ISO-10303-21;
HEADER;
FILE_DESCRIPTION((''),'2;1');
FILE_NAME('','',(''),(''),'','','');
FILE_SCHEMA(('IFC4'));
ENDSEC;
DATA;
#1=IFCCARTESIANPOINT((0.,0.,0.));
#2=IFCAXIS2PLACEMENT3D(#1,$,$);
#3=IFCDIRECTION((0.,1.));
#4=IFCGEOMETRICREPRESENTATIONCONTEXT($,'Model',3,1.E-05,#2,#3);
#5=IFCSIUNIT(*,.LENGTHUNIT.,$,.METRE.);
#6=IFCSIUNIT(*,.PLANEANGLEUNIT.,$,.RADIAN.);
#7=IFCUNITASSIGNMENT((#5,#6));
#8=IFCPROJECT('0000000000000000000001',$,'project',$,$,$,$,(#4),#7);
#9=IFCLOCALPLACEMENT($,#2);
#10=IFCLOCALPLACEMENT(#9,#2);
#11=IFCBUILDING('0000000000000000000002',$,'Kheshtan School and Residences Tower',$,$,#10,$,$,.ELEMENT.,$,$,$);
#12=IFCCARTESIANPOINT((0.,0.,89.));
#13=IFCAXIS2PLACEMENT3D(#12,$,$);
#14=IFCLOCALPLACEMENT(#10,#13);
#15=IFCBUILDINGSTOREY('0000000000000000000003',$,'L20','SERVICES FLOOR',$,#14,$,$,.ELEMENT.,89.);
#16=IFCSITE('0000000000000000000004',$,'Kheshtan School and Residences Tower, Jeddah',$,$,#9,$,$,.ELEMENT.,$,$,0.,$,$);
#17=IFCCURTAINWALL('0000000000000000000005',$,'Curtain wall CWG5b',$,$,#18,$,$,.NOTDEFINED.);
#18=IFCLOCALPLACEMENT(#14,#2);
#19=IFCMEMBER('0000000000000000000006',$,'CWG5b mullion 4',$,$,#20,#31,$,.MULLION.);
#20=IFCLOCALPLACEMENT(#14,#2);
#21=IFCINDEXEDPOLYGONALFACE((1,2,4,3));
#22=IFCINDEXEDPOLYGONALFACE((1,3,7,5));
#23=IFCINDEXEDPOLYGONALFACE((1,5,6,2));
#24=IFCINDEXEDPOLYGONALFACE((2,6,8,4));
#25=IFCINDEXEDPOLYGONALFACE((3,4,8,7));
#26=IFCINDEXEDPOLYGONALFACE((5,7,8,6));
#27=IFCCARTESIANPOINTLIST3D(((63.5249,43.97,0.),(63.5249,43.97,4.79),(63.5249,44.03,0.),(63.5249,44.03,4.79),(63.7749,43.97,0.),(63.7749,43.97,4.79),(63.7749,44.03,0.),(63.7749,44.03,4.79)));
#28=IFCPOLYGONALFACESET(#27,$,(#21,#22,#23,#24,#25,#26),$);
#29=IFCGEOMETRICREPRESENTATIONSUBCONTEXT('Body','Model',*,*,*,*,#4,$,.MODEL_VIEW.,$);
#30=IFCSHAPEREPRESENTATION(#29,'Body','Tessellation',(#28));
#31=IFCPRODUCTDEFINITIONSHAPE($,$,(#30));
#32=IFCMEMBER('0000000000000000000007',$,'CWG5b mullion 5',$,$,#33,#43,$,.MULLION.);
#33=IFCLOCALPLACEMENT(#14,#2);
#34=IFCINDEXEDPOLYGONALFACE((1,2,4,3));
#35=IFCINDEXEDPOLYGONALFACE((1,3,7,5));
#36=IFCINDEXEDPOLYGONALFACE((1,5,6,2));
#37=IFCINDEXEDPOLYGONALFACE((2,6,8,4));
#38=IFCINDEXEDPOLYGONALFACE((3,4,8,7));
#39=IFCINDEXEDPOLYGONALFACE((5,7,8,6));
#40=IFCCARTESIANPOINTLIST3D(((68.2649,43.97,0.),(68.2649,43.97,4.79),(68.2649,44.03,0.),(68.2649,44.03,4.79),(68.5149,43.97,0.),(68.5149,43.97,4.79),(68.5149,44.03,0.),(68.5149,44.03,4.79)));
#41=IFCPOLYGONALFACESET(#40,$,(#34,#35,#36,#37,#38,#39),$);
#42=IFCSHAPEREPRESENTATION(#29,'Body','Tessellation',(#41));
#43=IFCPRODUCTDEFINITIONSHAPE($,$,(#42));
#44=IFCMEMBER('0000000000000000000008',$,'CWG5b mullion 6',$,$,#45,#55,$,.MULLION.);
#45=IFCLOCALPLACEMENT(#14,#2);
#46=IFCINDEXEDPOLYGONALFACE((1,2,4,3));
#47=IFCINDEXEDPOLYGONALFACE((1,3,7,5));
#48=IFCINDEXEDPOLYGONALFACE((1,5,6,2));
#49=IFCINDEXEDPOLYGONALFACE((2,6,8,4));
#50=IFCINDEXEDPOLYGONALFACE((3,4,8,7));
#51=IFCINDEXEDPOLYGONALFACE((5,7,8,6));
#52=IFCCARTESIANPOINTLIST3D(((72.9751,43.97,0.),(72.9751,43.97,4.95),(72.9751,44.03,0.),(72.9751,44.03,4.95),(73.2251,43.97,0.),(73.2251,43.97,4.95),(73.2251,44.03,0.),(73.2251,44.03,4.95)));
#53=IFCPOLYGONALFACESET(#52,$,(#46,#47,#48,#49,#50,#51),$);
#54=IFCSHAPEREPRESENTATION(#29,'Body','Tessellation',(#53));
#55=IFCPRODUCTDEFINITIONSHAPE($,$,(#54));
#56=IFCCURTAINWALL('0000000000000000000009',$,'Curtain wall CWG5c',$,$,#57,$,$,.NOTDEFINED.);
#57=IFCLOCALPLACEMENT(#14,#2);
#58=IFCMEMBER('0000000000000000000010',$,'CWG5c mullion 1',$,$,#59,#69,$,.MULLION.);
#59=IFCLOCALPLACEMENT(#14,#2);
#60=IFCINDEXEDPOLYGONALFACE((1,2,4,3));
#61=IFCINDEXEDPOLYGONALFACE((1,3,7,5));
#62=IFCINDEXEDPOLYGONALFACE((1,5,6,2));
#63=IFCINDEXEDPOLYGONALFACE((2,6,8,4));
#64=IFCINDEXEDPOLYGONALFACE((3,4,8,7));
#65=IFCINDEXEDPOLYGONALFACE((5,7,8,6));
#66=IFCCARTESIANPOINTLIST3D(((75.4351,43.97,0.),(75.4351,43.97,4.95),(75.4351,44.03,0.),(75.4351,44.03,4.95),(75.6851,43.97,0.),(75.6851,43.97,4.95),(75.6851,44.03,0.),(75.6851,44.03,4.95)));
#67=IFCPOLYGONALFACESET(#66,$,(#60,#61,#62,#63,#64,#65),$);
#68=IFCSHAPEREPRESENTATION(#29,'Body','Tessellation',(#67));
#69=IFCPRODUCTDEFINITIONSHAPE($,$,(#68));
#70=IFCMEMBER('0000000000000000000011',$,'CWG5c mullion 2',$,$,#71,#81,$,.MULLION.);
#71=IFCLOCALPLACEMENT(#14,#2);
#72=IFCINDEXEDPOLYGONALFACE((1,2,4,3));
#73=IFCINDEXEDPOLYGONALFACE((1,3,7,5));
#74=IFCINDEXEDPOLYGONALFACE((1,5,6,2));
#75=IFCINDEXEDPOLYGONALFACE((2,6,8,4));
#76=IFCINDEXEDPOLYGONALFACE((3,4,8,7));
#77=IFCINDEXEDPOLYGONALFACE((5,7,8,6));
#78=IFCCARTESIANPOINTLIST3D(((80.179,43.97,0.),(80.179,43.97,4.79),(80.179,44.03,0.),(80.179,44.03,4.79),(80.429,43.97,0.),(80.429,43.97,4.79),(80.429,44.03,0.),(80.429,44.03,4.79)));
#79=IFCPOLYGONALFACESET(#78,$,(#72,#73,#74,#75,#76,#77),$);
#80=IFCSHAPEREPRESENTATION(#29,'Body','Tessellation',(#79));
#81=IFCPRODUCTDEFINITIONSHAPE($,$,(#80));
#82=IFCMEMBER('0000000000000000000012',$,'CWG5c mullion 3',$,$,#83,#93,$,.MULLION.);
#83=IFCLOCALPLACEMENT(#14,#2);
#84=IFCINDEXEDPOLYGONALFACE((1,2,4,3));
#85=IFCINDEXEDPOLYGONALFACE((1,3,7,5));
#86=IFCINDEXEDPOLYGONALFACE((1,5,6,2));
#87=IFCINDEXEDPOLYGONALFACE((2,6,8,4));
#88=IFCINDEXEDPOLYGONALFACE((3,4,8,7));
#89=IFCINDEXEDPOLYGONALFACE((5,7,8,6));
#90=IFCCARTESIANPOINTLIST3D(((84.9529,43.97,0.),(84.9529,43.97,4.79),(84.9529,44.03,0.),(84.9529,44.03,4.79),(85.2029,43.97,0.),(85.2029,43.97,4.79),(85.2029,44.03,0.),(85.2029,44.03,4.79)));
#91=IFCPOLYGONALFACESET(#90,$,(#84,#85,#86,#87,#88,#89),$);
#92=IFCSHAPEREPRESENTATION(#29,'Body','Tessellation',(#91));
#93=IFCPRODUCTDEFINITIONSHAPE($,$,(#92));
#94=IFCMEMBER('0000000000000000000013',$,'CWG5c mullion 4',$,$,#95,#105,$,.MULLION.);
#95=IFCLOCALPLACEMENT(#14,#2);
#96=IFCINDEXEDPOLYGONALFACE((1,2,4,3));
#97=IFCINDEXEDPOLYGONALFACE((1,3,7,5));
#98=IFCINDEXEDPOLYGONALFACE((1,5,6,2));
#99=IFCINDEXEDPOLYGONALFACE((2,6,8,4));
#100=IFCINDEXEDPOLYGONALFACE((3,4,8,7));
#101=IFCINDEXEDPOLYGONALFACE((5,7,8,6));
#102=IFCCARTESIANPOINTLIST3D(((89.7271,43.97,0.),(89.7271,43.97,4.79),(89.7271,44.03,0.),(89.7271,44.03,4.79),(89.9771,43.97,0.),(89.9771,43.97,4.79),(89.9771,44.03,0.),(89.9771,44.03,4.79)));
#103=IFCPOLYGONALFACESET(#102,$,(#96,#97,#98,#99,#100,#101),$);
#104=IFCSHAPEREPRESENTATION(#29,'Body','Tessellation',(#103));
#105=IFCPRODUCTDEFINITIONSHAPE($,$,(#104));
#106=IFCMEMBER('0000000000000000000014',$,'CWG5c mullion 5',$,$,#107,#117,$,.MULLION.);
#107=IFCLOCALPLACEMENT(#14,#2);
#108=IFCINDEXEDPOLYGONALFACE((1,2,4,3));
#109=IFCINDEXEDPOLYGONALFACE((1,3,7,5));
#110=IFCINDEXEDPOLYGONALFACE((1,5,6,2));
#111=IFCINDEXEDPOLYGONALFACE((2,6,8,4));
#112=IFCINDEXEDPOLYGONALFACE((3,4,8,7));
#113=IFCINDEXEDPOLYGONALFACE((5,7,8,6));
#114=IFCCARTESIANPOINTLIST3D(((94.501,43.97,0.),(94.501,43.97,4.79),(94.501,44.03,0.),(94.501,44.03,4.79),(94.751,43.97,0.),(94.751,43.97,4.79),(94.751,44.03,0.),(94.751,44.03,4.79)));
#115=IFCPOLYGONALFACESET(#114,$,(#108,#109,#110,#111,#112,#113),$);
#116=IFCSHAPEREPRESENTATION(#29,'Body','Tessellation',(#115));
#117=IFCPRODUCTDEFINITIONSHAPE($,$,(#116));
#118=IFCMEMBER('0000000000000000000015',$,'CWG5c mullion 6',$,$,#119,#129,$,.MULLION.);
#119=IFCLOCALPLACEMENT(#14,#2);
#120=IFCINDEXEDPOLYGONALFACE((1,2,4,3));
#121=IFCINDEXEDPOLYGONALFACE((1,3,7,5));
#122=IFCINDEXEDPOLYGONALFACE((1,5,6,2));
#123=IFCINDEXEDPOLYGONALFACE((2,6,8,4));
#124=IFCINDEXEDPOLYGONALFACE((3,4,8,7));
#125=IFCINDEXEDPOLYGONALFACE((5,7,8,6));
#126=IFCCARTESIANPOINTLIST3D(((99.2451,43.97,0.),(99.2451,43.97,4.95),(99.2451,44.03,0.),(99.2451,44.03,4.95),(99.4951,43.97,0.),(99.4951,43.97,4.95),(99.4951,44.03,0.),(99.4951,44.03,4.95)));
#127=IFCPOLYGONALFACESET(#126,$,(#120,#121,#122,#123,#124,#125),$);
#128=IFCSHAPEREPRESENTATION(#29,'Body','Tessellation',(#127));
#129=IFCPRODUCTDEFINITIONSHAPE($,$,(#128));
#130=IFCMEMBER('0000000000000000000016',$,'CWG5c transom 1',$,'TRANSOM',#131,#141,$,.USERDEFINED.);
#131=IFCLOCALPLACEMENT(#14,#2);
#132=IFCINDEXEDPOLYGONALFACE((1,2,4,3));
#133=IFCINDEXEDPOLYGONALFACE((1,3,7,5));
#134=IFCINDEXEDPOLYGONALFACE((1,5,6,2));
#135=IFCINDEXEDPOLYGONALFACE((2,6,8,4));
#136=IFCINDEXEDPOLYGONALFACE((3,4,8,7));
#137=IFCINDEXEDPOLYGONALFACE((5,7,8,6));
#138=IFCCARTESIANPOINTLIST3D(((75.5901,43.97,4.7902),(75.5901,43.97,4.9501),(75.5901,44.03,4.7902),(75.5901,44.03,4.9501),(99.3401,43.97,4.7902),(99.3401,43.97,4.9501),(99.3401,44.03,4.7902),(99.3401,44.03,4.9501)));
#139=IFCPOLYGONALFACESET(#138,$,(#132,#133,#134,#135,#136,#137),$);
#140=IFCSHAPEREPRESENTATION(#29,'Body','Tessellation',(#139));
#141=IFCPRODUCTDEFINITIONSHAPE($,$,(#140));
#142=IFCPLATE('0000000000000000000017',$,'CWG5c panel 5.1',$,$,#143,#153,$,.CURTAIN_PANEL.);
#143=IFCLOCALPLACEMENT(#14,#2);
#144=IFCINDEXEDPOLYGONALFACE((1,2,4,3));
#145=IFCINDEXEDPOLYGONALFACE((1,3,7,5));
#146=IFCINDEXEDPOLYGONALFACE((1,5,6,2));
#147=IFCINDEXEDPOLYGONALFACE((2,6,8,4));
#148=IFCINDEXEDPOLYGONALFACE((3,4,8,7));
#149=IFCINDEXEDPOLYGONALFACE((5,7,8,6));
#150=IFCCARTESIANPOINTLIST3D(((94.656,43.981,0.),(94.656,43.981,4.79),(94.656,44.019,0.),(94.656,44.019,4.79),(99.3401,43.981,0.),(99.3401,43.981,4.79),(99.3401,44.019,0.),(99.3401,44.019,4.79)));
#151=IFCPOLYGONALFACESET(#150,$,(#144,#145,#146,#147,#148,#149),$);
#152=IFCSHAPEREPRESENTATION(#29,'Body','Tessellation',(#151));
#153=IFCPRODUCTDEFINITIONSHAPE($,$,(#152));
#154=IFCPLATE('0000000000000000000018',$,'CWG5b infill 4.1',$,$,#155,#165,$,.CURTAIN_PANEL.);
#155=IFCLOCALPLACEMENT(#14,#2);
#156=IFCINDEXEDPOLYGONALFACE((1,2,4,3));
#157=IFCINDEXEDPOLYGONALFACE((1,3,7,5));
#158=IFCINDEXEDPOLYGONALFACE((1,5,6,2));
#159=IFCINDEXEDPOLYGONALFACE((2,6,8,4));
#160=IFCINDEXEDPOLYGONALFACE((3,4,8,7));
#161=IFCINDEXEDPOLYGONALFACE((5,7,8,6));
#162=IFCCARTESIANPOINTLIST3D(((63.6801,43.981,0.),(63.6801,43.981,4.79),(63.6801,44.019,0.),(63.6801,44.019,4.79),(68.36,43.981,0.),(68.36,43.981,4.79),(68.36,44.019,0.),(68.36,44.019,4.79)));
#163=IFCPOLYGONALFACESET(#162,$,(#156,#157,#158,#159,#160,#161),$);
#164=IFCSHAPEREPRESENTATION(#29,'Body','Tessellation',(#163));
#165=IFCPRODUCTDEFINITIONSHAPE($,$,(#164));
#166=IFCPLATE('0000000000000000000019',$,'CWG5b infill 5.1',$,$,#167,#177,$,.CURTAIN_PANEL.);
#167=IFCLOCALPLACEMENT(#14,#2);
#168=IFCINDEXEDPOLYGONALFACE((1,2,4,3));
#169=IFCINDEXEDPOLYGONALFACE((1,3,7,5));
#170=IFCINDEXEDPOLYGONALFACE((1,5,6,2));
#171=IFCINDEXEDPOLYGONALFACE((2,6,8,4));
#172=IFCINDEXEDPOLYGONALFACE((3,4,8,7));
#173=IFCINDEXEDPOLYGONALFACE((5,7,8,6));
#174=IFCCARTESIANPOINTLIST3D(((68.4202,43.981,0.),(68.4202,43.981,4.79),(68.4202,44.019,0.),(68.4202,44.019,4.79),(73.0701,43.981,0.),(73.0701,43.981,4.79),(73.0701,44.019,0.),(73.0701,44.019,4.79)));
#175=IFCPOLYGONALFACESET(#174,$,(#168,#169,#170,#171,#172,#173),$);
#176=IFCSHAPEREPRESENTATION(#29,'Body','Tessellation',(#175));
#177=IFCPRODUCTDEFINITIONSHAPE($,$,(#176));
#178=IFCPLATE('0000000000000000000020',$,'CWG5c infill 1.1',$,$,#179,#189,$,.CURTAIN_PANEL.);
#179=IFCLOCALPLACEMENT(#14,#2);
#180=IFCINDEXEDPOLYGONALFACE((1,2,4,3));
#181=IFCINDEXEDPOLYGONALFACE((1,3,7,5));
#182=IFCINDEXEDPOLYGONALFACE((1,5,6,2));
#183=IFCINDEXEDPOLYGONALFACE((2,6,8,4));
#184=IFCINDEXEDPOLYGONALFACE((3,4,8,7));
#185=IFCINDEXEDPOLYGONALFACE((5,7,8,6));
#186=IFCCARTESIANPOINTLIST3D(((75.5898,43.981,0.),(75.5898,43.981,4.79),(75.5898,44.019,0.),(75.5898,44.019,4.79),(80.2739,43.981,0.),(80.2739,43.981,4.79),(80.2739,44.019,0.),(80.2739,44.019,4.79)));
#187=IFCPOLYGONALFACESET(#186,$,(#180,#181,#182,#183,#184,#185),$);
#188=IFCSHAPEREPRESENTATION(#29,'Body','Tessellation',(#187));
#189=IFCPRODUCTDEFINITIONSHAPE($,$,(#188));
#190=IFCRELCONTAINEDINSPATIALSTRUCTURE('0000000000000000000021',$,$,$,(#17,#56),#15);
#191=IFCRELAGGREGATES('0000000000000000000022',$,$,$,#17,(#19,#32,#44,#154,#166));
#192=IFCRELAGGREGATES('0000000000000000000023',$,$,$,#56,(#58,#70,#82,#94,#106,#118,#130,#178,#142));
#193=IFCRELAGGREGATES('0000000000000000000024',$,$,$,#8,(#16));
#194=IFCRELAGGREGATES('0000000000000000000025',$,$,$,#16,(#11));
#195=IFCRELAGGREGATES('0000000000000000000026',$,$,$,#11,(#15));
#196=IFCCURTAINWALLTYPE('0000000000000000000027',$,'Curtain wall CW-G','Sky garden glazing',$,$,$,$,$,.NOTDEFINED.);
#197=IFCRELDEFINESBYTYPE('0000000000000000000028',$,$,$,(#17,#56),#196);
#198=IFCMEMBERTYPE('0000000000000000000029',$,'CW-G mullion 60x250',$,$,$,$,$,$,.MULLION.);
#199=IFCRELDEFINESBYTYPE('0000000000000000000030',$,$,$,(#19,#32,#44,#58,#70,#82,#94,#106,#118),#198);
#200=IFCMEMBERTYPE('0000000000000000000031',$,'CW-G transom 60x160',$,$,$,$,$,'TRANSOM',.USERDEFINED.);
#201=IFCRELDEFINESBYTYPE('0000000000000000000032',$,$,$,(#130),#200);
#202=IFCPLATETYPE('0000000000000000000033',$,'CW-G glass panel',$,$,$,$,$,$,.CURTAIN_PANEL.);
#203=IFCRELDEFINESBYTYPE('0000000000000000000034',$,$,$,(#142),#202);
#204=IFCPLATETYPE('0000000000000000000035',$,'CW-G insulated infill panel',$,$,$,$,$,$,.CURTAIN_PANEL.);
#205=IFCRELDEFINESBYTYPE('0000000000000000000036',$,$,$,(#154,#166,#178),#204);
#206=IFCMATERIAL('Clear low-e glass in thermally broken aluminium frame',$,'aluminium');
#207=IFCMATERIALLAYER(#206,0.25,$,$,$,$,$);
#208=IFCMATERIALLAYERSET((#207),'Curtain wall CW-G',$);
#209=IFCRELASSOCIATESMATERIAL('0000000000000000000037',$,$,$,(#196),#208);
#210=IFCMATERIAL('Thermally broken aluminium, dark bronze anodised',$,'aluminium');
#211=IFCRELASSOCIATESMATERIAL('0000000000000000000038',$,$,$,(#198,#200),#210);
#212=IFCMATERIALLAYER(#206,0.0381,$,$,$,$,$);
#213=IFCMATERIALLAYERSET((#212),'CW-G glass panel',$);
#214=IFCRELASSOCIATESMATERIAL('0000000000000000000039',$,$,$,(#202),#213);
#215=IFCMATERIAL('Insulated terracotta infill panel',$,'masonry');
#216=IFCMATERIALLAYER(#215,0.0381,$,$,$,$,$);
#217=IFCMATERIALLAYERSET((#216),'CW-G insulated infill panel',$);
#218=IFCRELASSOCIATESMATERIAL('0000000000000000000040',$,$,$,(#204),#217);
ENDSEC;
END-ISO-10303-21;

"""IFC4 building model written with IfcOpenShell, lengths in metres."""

from ifc_helpers import new_model, si_unit, direction, frame, origin, origin_2d, place, context, subcontext, project, spatial, rectangle, extrude, material, layer, layer_set, material_profile, profile_set, type_object, element, aggregate, save


model = new_model("IFC4")

# Units and contexts
model_context = context("Model", 3, precision=1e-05, world=origin(), true_north=direction((0.0, 1.0)))
body_context = subcontext(model_context, "Body", "Model", "MODEL_VIEW")
ifc_project = project(units=[si_unit("LENGTHUNIT", "METRE"), si_unit("PLANEANGLEUNIT", "RADIAN")], contexts=[model_context])

# Site, building, storey
site_placement = place(None, origin())
site = spatial("IfcSite", under=ifc_project, at=site_placement, Name="Kheshtan School and Residences Tower, Jeddah", CompositionType="ELEMENT", RefElevation=0.0)
building_placement = place(site_placement, origin())
building = spatial("IfcBuilding", under=site, at=building_placement, Name="Kheshtan School and Residences Tower", CompositionType="ELEMENT")
storey_placement = place(building_placement, frame((0.0, 0.0, 89.0)))
storey = spatial("IfcBuildingStorey", under=building, at=storey_placement, Name="L20", Description="SERVICES FLOOR", CompositionType="ELEMENT", Elevation=89.0)

# Curtain wall, members
ifc_material_1 = material(Name="Clear low-e glass in thermally broken aluminium frame", Category="aluminium")
ifc_layer_1 = layer(ifc_material_1, 0.25)
ifc_layer_set_1 = layer_set([ifc_layer_1], Name="Curtain wall CW-G")
curtain_wall_type = type_object("IfcCurtainWallType", Name="Curtain wall CW-G", Description="Sky garden glazing", PredefinedType="NOTDEFINED", material=ifc_layer_set_1)
curtain_wall_1_placement = place(storey_placement, origin())
curtain_wall_1 = element("IfcCurtainWall", 1, at=curtain_wall_1_placement, inside=storey, type_object=curtain_wall_type, Name="Curtain wall CWG5b", PredefinedType="NOTDEFINED")
ifc_material_2 = material(Name="Thermally broken aluminium, dark bronze anodised", Category="aluminium")
ifc_material_profile_1 = material_profile(ifc_material_2, rectangle(XDim=0.0601, YDim=0.25, at=origin_2d()), Name="CW-G mullion 60x250")
ifc_profile_set_1 = profile_set([ifc_material_profile_1], Name="Thermally broken aluminium, dark bronze anodised")
member_type_1 = type_object("IfcMemberType", Name="CW-G mullion 60x250", PredefinedType="MULLION", material=ifc_profile_set_1)
member_1_placement = place(storey_placement, frame((63.6499, 44.0, 0.0), z_axis=(0.0, 0.0, 1.0), x_axis=(0.0, 1.0, 0.0)))
member_1 = element("IfcMember", 2, at=member_1_placement, type_object=member_type_1, Name="CWG5b mullion 4", PredefinedType="MULLION", context=body_context, shape_type="SweptSolid", body=[
    extrude(rectangle(XDim=0.0601, YDim=0.25, at=origin_2d()), origin(), (0.0, 0.0, 1.0), 4.79),
])
member_2_placement = place(storey_placement, frame((68.3899, 44.0, 0.0), z_axis=(0.0, 0.0, 1.0), x_axis=(0.0, 1.0, 0.0)))
member_2 = element("IfcMember", 3, at=member_2_placement, type_object=member_type_1, Name="CWG5b mullion 5", PredefinedType="MULLION", context=body_context, shape_type="SweptSolid", body=[
    extrude(rectangle(XDim=0.0601, YDim=0.25, at=origin_2d()), origin(), (0.0, 0.0, 1.0), 4.79),
])
member_3_placement = place(storey_placement, frame((73.1001, 44.0, 0.0), z_axis=(0.0, 0.0, 1.0), x_axis=(0.0, 1.0, 0.0)))
member_3 = element("IfcMember", 4, at=member_3_placement, type_object=member_type_1, Name="CWG5b mullion 6", PredefinedType="MULLION", context=body_context, shape_type="SweptSolid", body=[
    extrude(rectangle(XDim=0.0601, YDim=0.25, at=origin_2d()), origin(), (0.0, 0.0, 1.0), 4.95),
])

# Curtain wall, members, plate
curtain_wall_2_placement = place(storey_placement, origin())
curtain_wall_2 = element("IfcCurtainWall", 5, at=curtain_wall_2_placement, inside=storey, type_object=curtain_wall_type, Name="Curtain wall CWG5c", PredefinedType="NOTDEFINED")
member_4_placement = place(storey_placement, frame((75.5601, 44.0, 0.0), z_axis=(0.0, 0.0, 1.0), x_axis=(0.0, 1.0, 0.0)))
member_4 = element("IfcMember", 6, at=member_4_placement, type_object=member_type_1, Name="CWG5c mullion 1", PredefinedType="MULLION", context=body_context, shape_type="SweptSolid", body=[
    extrude(rectangle(XDim=0.0601, YDim=0.25, at=origin_2d()), origin(), (0.0, 0.0, 1.0), 4.95),
])
member_5_placement = place(storey_placement, frame((80.304, 44.0, 0.0), z_axis=(0.0, 0.0, 1.0), x_axis=(0.0, 1.0, 0.0)))
member_5 = element("IfcMember", 7, at=member_5_placement, type_object=member_type_1, Name="CWG5c mullion 2", PredefinedType="MULLION", context=body_context, shape_type="SweptSolid", body=[
    extrude(rectangle(XDim=0.0601, YDim=0.25, at=origin_2d()), origin(), (0.0, 0.0, 1.0), 4.79),
])
member_6_placement = place(storey_placement, frame((85.0779, 44.0, 0.0), z_axis=(0.0, 0.0, 1.0), x_axis=(0.0, 1.0, 0.0)))
member_6 = element("IfcMember", 8, at=member_6_placement, type_object=member_type_1, Name="CWG5c mullion 3", PredefinedType="MULLION", context=body_context, shape_type="SweptSolid", body=[
    extrude(rectangle(XDim=0.0601, YDim=0.25, at=origin_2d()), origin(), (0.0, 0.0, 1.0), 4.79),
])
member_7_placement = place(storey_placement, frame((89.8521, 44.0, 0.0), z_axis=(0.0, 0.0, 1.0), x_axis=(0.0, 1.0, 0.0)))
member_7 = element("IfcMember", 9, at=member_7_placement, type_object=member_type_1, Name="CWG5c mullion 4", PredefinedType="MULLION", context=body_context, shape_type="SweptSolid", body=[
    extrude(rectangle(XDim=0.0601, YDim=0.25, at=origin_2d()), origin(), (0.0, 0.0, 1.0), 4.79),
])
member_8_placement = place(storey_placement, frame((94.626, 44.0, 0.0), z_axis=(0.0, 0.0, 1.0), x_axis=(0.0, 1.0, 0.0)))
member_8 = element("IfcMember", 10, at=member_8_placement, type_object=member_type_1, Name="CWG5c mullion 5", PredefinedType="MULLION", context=body_context, shape_type="SweptSolid", body=[
    extrude(rectangle(XDim=0.0601, YDim=0.25, at=origin_2d()), origin(), (0.0, 0.0, 1.0), 4.79),
])
member_9_placement = place(storey_placement, frame((99.3701, 44.0, 0.0), z_axis=(0.0, 0.0, 1.0), x_axis=(0.0, 1.0, 0.0)))
member_9 = element("IfcMember", 11, at=member_9_placement, type_object=member_type_1, Name="CWG5c mullion 6", PredefinedType="MULLION", context=body_context, shape_type="SweptSolid", body=[
    extrude(rectangle(XDim=0.0601, YDim=0.25, at=origin_2d()), origin(), (0.0, 0.0, 1.0), 4.95),
])
ifc_material_profile_2 = material_profile(ifc_material_2, rectangle(XDim=0.0601, YDim=0.1599, at=origin_2d()), Name="CW-G transom 60x160")
ifc_profile_set_2 = profile_set([ifc_material_profile_2], Name="Thermally broken aluminium, dark bronze anodised")
member_type_2 = type_object("IfcMemberType", Name="CW-G transom 60x160", ElementType="TRANSOM", PredefinedType="USERDEFINED", material=ifc_profile_set_2)
member_10_placement = place(storey_placement, frame((75.5901, 44.0, 4.8701), z_axis=(1.0, 0.0, 0.0), x_axis=(0.0, 1.0, 0.0)))
member_10 = element("IfcMember", 12, at=member_10_placement, type_object=member_type_2, Name="CWG5c transom 1", ObjectType="TRANSOM", PredefinedType="USERDEFINED", context=body_context, shape_type="SweptSolid", body=[
    extrude(rectangle(XDim=0.0601, YDim=0.1599, at=origin_2d()), origin(), (0.0, 0.0, 1.0), 23.75),
])
ifc_layer_2 = layer(ifc_material_1, 0.0381)
ifc_layer_set_2 = layer_set([ifc_layer_2], Name="CW-G glass panel")
plate_type_1 = type_object("IfcPlateType", Name="CW-G glass panel", PredefinedType="CURTAIN_PANEL", material=ifc_layer_set_2)
plate_1_placement = place(storey_placement, frame((96.998, 44.0, 0.0), z_axis=(0.0, 0.0, 1.0), x_axis=(1.0, 0.0, 0.0)))
plate_1 = element("IfcPlate", 13, at=plate_1_placement, type_object=plate_type_1, Name="CWG5c panel 5.1", PredefinedType="CURTAIN_PANEL", context=body_context, shape_type="SweptSolid", body=[
    extrude(rectangle(XDim=4.6841, YDim=0.0381, at=origin_2d()), origin(), (0.0, 0.0, 1.0), 4.79),
])

# Plates
ifc_material_3 = material(Name="Insulated terracotta infill panel", Category="masonry")
ifc_layer_3 = layer(ifc_material_3, 0.0381)
ifc_layer_set_3 = layer_set([ifc_layer_3], Name="CW-G insulated infill panel")
plate_type_2 = type_object("IfcPlateType", Name="CW-G insulated infill panel", PredefinedType="CURTAIN_PANEL", material=ifc_layer_set_3)
plate_2_placement = place(storey_placement, frame((66.02, 44.0, 0.0), z_axis=(0.0, 0.0, 1.0), x_axis=(1.0, 0.0, 0.0)))
plate_2 = element("IfcPlate", 14, at=plate_2_placement, type_object=plate_type_2, Name="CWG5b infill 4.1", PredefinedType="CURTAIN_PANEL", context=body_context, shape_type="SweptSolid", body=[
    extrude(rectangle(XDim=4.6799, YDim=0.0381, at=origin_2d()), origin(), (0.0, 0.0, 1.0), 4.79),
])
plate_3_placement = place(storey_placement, frame((70.7451, 44.0, 0.0), z_axis=(0.0, 0.0, 1.0), x_axis=(1.0, 0.0, 0.0)))
plate_3 = element("IfcPlate", 15, at=plate_3_placement, type_object=plate_type_2, Name="CWG5b infill 5.1", PredefinedType="CURTAIN_PANEL", context=body_context, shape_type="SweptSolid", body=[
    extrude(rectangle(XDim=4.6499, YDim=0.0381, at=origin_2d()), origin(), (0.0, 0.0, 1.0), 4.79),
])
aggregate(curtain_wall_1, [member_1, member_2, member_3, plate_2, plate_3])
plate_4_placement = place(storey_placement, frame((77.9319, 44.0, 0.0), z_axis=(0.0, 0.0, 1.0), x_axis=(1.0, 0.0, 0.0)))
plate_4 = element("IfcPlate", 16, at=plate_4_placement, type_object=plate_type_2, Name="CWG5c infill 1.1", PredefinedType="CURTAIN_PANEL", context=body_context, shape_type="SweptSolid", body=[
    extrude(rectangle(XDim=4.6841, YDim=0.0381, at=origin_2d()), origin(), (0.0, 0.0, 1.0), 4.79),
])
aggregate(curtain_wall_2, [member_4, member_5, member_6, member_7, member_8, member_9, member_10, plate_4, plate_1])

save(model, "model.ifc")
